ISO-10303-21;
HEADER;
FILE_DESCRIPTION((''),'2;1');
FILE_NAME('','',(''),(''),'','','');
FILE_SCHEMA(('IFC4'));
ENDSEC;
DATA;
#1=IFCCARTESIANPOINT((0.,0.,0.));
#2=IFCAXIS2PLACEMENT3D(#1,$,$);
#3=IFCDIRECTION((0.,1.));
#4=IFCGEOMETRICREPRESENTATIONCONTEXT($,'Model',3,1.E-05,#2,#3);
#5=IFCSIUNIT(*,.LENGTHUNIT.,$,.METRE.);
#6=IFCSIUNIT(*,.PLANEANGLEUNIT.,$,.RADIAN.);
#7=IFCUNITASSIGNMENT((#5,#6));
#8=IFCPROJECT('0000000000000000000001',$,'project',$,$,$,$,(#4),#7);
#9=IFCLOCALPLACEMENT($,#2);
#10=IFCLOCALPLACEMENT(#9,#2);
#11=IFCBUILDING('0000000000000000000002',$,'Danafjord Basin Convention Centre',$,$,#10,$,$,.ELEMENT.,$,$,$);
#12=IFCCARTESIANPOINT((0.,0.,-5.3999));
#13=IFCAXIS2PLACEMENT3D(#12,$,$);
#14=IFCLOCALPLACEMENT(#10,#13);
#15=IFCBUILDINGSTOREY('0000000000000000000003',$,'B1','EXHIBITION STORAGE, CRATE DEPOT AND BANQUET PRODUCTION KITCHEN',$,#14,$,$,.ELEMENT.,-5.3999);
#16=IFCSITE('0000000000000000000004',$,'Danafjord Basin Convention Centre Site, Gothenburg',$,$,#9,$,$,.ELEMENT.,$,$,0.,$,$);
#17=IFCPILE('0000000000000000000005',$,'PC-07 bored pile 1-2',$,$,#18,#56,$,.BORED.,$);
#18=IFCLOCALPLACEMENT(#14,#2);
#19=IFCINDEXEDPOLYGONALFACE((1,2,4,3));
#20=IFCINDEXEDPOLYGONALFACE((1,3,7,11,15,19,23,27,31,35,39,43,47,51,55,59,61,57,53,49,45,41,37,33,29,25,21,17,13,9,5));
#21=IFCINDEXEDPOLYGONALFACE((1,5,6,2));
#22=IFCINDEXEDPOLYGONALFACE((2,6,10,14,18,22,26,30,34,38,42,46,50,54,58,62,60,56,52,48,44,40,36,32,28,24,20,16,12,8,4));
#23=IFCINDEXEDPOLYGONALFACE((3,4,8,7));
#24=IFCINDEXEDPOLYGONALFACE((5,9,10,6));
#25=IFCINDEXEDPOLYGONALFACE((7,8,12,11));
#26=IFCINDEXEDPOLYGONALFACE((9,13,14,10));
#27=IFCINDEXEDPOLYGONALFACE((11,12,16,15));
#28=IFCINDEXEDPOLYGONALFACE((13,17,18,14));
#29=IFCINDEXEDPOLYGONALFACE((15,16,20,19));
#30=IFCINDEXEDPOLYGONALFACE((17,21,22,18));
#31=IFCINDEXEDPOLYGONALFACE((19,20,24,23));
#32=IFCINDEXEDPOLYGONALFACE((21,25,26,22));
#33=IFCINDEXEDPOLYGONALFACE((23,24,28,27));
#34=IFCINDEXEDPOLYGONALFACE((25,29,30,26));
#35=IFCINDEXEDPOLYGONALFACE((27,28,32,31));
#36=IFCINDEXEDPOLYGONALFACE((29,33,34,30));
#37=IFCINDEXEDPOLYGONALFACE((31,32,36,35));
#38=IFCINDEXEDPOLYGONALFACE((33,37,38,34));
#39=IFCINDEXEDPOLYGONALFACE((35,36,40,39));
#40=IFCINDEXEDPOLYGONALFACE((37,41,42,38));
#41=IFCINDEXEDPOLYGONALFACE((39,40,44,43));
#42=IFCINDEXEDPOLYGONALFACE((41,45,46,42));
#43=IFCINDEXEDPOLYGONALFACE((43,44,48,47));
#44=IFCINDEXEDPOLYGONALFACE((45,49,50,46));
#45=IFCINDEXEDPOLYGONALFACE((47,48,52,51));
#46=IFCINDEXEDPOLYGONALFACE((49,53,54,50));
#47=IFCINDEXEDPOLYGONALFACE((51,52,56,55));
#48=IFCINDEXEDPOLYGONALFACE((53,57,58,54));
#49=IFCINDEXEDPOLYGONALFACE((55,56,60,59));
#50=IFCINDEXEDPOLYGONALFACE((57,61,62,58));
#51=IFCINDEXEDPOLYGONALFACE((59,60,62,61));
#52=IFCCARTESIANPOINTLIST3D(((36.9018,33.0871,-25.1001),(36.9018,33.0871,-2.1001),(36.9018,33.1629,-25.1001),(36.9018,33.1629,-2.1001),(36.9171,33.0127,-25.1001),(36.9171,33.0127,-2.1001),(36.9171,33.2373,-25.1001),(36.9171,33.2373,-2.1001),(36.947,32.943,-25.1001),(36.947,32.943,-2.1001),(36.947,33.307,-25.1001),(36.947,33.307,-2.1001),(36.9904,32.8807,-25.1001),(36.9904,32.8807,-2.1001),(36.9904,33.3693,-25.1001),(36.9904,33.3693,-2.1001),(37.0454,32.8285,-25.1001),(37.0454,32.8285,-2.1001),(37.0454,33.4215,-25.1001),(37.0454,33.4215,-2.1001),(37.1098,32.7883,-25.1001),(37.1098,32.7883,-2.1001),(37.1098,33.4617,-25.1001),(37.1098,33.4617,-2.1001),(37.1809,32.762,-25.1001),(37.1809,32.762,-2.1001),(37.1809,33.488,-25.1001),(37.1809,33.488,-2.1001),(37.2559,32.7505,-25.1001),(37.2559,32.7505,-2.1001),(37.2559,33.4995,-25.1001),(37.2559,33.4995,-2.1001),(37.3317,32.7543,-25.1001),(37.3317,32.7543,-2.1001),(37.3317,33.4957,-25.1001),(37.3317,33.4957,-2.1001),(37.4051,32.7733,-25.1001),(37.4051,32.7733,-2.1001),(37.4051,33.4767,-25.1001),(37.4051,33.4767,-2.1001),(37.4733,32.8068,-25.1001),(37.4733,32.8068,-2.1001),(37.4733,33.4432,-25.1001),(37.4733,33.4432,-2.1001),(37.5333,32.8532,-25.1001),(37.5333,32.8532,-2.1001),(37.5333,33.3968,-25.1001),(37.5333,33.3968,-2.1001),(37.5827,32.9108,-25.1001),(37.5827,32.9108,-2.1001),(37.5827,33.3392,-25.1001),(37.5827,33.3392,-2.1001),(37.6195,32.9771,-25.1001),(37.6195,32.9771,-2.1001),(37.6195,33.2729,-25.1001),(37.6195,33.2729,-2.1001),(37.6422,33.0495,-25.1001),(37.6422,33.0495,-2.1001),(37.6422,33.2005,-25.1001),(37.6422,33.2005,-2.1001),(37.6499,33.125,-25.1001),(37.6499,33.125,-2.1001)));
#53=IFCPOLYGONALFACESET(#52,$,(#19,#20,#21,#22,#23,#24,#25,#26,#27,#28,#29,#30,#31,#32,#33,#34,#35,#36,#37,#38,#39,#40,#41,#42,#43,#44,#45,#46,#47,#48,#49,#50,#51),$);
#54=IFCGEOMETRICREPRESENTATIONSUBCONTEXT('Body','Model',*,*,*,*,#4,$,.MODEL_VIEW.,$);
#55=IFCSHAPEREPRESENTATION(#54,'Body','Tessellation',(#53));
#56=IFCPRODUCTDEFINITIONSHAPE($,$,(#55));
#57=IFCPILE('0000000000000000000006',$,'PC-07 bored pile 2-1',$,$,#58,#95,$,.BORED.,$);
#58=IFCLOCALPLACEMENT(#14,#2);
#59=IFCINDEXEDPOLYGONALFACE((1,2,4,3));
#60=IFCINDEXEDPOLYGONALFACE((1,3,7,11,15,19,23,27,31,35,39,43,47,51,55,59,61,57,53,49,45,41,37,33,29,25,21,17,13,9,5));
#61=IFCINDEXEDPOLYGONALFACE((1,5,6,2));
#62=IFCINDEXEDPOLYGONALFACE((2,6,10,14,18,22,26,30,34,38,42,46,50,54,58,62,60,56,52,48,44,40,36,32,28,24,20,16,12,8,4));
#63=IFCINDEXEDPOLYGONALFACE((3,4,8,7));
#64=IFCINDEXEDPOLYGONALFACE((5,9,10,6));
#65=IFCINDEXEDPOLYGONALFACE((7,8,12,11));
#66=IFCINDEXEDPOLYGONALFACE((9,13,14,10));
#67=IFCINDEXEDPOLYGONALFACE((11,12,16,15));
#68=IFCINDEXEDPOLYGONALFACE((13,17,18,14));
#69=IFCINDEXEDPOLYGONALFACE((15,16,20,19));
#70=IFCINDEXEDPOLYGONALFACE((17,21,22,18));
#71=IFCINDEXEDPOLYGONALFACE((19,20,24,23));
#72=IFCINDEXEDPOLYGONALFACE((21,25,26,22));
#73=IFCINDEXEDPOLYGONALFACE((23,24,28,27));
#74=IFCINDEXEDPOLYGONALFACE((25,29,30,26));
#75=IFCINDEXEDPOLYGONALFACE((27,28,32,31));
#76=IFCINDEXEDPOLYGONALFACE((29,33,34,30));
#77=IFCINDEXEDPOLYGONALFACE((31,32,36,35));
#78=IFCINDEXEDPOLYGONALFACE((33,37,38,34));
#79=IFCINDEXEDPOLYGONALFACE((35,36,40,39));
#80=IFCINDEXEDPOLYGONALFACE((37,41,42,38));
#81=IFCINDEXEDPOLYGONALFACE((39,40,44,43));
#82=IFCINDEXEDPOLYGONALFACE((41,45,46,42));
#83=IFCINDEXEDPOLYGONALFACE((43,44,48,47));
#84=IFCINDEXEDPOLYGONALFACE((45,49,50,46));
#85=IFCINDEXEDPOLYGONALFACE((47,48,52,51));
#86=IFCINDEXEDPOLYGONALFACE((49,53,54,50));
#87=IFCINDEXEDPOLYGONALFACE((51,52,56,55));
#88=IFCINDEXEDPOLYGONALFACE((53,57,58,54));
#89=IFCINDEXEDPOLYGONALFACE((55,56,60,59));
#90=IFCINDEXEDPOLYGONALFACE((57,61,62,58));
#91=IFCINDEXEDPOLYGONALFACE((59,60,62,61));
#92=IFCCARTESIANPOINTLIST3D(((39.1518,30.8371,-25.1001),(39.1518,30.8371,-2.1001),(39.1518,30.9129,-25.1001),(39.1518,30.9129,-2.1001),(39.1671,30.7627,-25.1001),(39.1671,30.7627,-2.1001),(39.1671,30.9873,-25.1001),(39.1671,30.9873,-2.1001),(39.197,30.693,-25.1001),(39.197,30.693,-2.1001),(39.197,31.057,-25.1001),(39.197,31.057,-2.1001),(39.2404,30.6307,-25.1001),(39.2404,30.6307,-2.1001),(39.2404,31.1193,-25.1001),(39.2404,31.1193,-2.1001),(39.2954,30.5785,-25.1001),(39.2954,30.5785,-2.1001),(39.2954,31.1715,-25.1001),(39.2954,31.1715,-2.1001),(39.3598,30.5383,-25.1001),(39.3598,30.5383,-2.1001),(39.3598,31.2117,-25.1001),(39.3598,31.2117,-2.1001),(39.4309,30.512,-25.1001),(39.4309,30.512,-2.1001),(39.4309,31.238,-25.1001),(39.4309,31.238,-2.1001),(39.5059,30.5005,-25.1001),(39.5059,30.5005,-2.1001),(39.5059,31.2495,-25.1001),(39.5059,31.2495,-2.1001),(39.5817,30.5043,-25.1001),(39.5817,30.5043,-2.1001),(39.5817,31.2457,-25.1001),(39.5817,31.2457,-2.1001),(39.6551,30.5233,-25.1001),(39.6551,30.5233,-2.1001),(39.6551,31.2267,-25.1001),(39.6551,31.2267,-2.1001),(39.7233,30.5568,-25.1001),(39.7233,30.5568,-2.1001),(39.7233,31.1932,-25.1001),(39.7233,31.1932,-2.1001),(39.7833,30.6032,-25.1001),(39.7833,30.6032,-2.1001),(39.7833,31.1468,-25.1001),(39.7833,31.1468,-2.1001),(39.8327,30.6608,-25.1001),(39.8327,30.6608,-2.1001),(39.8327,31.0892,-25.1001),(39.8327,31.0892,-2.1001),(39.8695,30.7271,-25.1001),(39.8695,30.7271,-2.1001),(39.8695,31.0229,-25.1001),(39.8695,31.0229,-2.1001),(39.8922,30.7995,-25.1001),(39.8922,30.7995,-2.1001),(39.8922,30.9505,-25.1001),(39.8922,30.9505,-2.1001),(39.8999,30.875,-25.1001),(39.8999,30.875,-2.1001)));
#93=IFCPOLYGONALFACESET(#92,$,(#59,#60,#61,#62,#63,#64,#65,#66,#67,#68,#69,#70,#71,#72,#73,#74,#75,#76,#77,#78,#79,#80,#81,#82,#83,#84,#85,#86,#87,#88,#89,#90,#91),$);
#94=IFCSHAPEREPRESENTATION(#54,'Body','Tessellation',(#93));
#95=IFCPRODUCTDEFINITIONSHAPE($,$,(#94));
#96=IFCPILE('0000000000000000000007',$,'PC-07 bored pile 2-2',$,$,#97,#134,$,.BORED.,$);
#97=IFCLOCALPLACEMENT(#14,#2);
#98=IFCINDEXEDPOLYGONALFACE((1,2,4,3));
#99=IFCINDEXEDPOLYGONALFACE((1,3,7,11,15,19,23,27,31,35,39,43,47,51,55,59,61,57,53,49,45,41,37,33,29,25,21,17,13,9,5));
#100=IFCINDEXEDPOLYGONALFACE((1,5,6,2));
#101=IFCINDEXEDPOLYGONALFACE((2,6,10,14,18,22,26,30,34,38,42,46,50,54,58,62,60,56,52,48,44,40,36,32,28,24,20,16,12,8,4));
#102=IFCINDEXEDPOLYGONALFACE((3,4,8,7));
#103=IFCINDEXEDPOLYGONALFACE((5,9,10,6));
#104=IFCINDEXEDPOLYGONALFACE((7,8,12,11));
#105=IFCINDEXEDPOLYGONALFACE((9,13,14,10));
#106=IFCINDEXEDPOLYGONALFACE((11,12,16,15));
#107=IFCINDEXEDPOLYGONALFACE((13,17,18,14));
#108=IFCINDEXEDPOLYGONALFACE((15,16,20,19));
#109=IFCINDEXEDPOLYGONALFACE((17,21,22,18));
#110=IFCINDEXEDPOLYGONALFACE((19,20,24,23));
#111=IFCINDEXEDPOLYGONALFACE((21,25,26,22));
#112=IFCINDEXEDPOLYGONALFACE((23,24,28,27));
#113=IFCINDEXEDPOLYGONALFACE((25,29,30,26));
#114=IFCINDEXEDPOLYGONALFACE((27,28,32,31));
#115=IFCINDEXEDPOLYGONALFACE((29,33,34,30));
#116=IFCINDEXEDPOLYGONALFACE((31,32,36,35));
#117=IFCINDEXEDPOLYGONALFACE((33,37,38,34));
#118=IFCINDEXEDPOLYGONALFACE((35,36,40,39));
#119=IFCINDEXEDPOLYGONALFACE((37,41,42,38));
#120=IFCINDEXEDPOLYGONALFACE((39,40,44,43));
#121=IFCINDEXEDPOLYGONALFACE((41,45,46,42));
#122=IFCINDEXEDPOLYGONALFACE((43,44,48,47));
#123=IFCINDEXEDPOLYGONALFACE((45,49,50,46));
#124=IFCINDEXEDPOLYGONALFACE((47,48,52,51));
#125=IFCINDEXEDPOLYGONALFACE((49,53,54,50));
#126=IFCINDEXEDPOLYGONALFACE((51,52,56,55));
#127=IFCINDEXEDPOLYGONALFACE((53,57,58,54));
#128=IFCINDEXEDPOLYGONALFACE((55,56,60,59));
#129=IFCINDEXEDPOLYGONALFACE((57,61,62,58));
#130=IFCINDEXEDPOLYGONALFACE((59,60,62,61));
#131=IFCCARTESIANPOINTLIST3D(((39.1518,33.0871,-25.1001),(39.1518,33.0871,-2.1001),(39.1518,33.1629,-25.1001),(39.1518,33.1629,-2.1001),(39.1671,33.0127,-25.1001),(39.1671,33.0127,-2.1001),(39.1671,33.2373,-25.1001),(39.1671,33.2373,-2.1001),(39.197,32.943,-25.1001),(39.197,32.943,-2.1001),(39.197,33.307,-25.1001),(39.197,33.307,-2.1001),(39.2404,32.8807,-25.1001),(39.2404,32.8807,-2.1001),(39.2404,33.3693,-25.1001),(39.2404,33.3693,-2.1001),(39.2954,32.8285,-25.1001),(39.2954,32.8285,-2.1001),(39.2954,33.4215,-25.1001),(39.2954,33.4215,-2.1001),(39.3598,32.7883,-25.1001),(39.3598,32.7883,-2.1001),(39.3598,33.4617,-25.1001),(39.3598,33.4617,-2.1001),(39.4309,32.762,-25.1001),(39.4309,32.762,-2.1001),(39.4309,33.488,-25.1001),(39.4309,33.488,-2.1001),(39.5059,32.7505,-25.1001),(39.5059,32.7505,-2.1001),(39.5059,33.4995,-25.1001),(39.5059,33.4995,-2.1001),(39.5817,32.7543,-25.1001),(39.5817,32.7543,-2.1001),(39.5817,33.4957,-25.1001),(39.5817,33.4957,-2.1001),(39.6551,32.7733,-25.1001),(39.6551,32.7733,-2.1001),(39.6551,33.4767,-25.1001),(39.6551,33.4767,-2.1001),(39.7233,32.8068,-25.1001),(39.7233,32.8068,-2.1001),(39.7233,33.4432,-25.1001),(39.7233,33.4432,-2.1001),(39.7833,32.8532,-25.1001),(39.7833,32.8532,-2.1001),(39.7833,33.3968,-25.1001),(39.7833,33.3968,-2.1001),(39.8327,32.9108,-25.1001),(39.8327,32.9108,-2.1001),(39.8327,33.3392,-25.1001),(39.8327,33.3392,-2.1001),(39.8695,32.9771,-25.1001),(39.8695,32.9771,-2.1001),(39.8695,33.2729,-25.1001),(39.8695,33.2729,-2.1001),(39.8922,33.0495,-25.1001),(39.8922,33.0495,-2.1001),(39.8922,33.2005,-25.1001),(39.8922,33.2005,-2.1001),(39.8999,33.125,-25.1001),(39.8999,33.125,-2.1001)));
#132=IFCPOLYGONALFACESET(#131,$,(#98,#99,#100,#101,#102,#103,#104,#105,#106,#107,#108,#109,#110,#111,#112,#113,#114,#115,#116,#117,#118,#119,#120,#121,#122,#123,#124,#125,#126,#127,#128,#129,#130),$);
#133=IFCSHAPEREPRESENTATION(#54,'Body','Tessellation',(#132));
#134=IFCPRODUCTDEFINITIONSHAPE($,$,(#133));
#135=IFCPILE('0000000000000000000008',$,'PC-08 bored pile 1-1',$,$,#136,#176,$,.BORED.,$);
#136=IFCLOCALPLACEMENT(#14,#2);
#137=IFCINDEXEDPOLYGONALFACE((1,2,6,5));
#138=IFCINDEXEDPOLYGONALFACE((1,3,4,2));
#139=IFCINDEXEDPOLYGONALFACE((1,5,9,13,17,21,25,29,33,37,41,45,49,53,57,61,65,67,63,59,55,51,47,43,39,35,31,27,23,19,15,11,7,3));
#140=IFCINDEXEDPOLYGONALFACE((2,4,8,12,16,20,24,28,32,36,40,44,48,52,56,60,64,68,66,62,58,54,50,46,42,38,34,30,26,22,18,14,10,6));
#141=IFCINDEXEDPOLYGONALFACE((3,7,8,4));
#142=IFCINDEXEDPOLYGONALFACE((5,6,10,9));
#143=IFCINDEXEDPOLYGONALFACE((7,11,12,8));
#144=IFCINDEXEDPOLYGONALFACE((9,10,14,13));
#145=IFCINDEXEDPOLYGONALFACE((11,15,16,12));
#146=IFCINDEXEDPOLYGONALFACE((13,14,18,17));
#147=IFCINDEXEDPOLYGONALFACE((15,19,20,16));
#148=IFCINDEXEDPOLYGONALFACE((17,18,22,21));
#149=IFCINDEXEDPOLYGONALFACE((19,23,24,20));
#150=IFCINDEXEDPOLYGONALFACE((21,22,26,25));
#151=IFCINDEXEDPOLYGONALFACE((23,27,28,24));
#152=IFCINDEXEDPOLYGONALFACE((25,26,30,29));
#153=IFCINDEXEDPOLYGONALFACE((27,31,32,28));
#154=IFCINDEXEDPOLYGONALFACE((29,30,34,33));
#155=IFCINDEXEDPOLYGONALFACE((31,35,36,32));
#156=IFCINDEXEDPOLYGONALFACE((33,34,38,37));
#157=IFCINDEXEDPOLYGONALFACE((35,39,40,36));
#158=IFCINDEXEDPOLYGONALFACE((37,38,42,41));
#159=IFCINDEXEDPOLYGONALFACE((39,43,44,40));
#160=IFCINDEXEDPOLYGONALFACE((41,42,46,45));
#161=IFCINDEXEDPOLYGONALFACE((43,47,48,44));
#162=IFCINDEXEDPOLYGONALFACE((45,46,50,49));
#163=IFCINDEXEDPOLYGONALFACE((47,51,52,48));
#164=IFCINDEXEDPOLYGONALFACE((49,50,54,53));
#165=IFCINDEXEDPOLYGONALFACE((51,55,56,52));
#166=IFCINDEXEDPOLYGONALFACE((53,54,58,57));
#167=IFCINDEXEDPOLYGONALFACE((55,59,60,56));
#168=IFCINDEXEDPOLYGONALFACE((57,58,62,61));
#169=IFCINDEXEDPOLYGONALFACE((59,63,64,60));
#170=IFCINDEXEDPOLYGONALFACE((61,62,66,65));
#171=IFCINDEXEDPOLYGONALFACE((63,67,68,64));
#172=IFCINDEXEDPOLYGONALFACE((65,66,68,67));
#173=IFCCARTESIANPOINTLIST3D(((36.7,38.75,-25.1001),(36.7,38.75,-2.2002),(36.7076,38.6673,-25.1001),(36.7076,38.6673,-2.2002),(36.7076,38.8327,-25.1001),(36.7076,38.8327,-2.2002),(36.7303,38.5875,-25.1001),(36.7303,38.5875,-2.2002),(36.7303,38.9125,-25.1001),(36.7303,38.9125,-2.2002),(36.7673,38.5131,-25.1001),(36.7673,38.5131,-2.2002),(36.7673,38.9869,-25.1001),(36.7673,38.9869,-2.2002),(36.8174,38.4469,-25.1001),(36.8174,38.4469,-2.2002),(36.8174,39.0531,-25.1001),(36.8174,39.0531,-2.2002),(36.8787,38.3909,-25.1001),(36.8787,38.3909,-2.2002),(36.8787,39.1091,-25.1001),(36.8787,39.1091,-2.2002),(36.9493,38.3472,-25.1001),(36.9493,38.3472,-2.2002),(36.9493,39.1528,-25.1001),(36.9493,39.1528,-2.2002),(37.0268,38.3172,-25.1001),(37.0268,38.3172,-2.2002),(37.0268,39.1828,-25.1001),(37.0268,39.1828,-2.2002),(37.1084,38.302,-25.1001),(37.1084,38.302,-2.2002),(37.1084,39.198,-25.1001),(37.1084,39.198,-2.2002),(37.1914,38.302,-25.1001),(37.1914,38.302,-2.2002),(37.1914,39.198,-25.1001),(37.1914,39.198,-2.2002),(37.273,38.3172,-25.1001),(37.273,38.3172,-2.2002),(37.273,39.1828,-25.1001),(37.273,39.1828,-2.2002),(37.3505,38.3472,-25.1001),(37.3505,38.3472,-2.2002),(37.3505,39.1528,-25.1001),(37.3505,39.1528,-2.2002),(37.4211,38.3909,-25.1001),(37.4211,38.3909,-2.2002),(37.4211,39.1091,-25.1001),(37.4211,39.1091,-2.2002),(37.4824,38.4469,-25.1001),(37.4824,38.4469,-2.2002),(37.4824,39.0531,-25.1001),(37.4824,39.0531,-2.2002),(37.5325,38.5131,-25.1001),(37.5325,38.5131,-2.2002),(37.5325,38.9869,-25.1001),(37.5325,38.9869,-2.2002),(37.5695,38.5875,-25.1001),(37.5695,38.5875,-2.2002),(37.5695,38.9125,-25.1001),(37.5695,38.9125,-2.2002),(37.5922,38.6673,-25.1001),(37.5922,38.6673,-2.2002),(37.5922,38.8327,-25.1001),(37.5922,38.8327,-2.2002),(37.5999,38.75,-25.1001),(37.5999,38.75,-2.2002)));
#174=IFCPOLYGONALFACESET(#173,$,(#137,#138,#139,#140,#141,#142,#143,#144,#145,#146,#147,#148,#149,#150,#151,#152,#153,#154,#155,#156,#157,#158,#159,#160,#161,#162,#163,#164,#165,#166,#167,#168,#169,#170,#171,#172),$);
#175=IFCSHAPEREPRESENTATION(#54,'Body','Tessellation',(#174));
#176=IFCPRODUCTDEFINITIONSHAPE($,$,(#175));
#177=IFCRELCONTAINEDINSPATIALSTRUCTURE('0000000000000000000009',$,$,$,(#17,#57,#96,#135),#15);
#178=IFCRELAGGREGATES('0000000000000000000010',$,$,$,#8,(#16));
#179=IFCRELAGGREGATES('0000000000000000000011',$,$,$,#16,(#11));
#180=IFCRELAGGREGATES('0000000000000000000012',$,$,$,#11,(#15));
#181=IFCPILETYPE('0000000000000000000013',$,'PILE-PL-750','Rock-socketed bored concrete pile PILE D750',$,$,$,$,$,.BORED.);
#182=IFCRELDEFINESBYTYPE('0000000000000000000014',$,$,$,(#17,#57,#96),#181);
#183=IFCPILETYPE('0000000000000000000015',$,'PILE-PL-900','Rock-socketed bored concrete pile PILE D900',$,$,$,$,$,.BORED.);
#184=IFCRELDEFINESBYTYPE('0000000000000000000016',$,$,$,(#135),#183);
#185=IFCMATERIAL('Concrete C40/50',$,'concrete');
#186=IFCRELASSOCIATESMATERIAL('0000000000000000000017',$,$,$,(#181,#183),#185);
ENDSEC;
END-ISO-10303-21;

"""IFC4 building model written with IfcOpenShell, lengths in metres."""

from ifc_helpers import new_model, si_unit, direction, frame, origin, origin_2d, place, context, subcontext, project, spatial, circle, extrude, material, material_profile, profile_set, type_object, element, save


model = new_model("IFC4")

# Units and contexts
model_context = context("Model", 3, precision=1e-05, world=origin(), true_north=direction((0.0, 1.0)))
body_context = subcontext(model_context, "Body", "Model", "MODEL_VIEW")
ifc_project = project(units=[si_unit("LENGTHUNIT", "METRE"), si_unit("PLANEANGLEUNIT", "RADIAN")], contexts=[model_context])

# Site, building, storey
site_placement = place(None, origin())
site = spatial("IfcSite", under=ifc_project, at=site_placement, Name="Danafjord Basin Convention Centre Site, Gothenburg", CompositionType="ELEMENT", RefElevation=0.0)
building_placement = place(site_placement, origin())
building = spatial("IfcBuilding", under=site, at=building_placement, Name="Danafjord Basin Convention Centre", CompositionType="ELEMENT")
storey_placement = place(building_placement, frame((0.0, 0.0, -5.3999)))
storey = spatial("IfcBuildingStorey", under=building, at=storey_placement, Name="B1", Description="EXHIBITION STORAGE, CRATE DEPOT AND BANQUET PRODUCTION KITCHEN", CompositionType="ELEMENT", Elevation=-5.3999)

# Shared definitions
ifc_material_1 = material(Name="Concrete C40/50", Category="concrete")

# Piles
ifc_material_profile_1 = material_profile(ifc_material_1, circle(Radius=0.375, at=origin_2d()), Name="PILE D750")
ifc_profile_set_1 = profile_set([ifc_material_profile_1], Name="Concrete C40/50")
pile_type_1 = type_object("IfcPileType", Name="PILE-PL-750", Description="Rock-socketed bored concrete pile PILE D750", PredefinedType="BORED", material=ifc_profile_set_1)
for number, where, z_axis, x_axis, name in (
    (1, (37.2749, 33.125, -2.1001), (0.0, 0.0, -1.0), (1.0, 0.0, 0.0), "PC-07 bored pile 1-2"),
    (2, (39.5249, 30.875, -2.1001), (0.0, 0.0, -1.0), (1.0, 0.0, 0.0), "PC-07 bored pile 2-1"),
    (3, (39.5249, 33.125, -2.1001), (0.0, 0.0, -1.0), (1.0, 0.0, 0.0), "PC-07 bored pile 2-2"),
):
    element("IfcPile", number, at=place(storey_placement, frame(where, z_axis=z_axis, x_axis=x_axis)), inside=storey, type_object=pile_type_1, Name=name, PredefinedType="BORED", context=body_context, shape_type="SweptSolid", body=[
        extrude(circle(Radius=0.375, at=origin_2d()), origin(), (0.0, 0.0, 1.0), 23.0),
    ])
ifc_material_profile_2 = material_profile(ifc_material_1, circle(Radius=0.45, at=origin_2d()), Name="PILE D900")
ifc_profile_set_2 = profile_set([ifc_material_profile_2], Name="Concrete C40/50")
pile_type_2 = type_object("IfcPileType", Name="PILE-PL-900", Description="Rock-socketed bored concrete pile PILE D900", PredefinedType="BORED", material=ifc_profile_set_2)
for number, where, z_axis, x_axis, name in (
    (4, (37.1499, 38.75, -2.2002), (0.0, 0.0, -1.0), (1.0, 0.0, 0.0), "PC-08 bored pile 1-1"),
):
    element("IfcPile", number, at=place(storey_placement, frame(where, z_axis=z_axis, x_axis=x_axis)), inside=storey, type_object=pile_type_2, Name=name, PredefinedType="BORED", context=body_context, shape_type="SweptSolid", body=[
        extrude(circle(Radius=0.45, at=origin_2d()), origin(), (0.0, 0.0, 1.0), 22.8999),
    ])

save(model, "model.ifc")
